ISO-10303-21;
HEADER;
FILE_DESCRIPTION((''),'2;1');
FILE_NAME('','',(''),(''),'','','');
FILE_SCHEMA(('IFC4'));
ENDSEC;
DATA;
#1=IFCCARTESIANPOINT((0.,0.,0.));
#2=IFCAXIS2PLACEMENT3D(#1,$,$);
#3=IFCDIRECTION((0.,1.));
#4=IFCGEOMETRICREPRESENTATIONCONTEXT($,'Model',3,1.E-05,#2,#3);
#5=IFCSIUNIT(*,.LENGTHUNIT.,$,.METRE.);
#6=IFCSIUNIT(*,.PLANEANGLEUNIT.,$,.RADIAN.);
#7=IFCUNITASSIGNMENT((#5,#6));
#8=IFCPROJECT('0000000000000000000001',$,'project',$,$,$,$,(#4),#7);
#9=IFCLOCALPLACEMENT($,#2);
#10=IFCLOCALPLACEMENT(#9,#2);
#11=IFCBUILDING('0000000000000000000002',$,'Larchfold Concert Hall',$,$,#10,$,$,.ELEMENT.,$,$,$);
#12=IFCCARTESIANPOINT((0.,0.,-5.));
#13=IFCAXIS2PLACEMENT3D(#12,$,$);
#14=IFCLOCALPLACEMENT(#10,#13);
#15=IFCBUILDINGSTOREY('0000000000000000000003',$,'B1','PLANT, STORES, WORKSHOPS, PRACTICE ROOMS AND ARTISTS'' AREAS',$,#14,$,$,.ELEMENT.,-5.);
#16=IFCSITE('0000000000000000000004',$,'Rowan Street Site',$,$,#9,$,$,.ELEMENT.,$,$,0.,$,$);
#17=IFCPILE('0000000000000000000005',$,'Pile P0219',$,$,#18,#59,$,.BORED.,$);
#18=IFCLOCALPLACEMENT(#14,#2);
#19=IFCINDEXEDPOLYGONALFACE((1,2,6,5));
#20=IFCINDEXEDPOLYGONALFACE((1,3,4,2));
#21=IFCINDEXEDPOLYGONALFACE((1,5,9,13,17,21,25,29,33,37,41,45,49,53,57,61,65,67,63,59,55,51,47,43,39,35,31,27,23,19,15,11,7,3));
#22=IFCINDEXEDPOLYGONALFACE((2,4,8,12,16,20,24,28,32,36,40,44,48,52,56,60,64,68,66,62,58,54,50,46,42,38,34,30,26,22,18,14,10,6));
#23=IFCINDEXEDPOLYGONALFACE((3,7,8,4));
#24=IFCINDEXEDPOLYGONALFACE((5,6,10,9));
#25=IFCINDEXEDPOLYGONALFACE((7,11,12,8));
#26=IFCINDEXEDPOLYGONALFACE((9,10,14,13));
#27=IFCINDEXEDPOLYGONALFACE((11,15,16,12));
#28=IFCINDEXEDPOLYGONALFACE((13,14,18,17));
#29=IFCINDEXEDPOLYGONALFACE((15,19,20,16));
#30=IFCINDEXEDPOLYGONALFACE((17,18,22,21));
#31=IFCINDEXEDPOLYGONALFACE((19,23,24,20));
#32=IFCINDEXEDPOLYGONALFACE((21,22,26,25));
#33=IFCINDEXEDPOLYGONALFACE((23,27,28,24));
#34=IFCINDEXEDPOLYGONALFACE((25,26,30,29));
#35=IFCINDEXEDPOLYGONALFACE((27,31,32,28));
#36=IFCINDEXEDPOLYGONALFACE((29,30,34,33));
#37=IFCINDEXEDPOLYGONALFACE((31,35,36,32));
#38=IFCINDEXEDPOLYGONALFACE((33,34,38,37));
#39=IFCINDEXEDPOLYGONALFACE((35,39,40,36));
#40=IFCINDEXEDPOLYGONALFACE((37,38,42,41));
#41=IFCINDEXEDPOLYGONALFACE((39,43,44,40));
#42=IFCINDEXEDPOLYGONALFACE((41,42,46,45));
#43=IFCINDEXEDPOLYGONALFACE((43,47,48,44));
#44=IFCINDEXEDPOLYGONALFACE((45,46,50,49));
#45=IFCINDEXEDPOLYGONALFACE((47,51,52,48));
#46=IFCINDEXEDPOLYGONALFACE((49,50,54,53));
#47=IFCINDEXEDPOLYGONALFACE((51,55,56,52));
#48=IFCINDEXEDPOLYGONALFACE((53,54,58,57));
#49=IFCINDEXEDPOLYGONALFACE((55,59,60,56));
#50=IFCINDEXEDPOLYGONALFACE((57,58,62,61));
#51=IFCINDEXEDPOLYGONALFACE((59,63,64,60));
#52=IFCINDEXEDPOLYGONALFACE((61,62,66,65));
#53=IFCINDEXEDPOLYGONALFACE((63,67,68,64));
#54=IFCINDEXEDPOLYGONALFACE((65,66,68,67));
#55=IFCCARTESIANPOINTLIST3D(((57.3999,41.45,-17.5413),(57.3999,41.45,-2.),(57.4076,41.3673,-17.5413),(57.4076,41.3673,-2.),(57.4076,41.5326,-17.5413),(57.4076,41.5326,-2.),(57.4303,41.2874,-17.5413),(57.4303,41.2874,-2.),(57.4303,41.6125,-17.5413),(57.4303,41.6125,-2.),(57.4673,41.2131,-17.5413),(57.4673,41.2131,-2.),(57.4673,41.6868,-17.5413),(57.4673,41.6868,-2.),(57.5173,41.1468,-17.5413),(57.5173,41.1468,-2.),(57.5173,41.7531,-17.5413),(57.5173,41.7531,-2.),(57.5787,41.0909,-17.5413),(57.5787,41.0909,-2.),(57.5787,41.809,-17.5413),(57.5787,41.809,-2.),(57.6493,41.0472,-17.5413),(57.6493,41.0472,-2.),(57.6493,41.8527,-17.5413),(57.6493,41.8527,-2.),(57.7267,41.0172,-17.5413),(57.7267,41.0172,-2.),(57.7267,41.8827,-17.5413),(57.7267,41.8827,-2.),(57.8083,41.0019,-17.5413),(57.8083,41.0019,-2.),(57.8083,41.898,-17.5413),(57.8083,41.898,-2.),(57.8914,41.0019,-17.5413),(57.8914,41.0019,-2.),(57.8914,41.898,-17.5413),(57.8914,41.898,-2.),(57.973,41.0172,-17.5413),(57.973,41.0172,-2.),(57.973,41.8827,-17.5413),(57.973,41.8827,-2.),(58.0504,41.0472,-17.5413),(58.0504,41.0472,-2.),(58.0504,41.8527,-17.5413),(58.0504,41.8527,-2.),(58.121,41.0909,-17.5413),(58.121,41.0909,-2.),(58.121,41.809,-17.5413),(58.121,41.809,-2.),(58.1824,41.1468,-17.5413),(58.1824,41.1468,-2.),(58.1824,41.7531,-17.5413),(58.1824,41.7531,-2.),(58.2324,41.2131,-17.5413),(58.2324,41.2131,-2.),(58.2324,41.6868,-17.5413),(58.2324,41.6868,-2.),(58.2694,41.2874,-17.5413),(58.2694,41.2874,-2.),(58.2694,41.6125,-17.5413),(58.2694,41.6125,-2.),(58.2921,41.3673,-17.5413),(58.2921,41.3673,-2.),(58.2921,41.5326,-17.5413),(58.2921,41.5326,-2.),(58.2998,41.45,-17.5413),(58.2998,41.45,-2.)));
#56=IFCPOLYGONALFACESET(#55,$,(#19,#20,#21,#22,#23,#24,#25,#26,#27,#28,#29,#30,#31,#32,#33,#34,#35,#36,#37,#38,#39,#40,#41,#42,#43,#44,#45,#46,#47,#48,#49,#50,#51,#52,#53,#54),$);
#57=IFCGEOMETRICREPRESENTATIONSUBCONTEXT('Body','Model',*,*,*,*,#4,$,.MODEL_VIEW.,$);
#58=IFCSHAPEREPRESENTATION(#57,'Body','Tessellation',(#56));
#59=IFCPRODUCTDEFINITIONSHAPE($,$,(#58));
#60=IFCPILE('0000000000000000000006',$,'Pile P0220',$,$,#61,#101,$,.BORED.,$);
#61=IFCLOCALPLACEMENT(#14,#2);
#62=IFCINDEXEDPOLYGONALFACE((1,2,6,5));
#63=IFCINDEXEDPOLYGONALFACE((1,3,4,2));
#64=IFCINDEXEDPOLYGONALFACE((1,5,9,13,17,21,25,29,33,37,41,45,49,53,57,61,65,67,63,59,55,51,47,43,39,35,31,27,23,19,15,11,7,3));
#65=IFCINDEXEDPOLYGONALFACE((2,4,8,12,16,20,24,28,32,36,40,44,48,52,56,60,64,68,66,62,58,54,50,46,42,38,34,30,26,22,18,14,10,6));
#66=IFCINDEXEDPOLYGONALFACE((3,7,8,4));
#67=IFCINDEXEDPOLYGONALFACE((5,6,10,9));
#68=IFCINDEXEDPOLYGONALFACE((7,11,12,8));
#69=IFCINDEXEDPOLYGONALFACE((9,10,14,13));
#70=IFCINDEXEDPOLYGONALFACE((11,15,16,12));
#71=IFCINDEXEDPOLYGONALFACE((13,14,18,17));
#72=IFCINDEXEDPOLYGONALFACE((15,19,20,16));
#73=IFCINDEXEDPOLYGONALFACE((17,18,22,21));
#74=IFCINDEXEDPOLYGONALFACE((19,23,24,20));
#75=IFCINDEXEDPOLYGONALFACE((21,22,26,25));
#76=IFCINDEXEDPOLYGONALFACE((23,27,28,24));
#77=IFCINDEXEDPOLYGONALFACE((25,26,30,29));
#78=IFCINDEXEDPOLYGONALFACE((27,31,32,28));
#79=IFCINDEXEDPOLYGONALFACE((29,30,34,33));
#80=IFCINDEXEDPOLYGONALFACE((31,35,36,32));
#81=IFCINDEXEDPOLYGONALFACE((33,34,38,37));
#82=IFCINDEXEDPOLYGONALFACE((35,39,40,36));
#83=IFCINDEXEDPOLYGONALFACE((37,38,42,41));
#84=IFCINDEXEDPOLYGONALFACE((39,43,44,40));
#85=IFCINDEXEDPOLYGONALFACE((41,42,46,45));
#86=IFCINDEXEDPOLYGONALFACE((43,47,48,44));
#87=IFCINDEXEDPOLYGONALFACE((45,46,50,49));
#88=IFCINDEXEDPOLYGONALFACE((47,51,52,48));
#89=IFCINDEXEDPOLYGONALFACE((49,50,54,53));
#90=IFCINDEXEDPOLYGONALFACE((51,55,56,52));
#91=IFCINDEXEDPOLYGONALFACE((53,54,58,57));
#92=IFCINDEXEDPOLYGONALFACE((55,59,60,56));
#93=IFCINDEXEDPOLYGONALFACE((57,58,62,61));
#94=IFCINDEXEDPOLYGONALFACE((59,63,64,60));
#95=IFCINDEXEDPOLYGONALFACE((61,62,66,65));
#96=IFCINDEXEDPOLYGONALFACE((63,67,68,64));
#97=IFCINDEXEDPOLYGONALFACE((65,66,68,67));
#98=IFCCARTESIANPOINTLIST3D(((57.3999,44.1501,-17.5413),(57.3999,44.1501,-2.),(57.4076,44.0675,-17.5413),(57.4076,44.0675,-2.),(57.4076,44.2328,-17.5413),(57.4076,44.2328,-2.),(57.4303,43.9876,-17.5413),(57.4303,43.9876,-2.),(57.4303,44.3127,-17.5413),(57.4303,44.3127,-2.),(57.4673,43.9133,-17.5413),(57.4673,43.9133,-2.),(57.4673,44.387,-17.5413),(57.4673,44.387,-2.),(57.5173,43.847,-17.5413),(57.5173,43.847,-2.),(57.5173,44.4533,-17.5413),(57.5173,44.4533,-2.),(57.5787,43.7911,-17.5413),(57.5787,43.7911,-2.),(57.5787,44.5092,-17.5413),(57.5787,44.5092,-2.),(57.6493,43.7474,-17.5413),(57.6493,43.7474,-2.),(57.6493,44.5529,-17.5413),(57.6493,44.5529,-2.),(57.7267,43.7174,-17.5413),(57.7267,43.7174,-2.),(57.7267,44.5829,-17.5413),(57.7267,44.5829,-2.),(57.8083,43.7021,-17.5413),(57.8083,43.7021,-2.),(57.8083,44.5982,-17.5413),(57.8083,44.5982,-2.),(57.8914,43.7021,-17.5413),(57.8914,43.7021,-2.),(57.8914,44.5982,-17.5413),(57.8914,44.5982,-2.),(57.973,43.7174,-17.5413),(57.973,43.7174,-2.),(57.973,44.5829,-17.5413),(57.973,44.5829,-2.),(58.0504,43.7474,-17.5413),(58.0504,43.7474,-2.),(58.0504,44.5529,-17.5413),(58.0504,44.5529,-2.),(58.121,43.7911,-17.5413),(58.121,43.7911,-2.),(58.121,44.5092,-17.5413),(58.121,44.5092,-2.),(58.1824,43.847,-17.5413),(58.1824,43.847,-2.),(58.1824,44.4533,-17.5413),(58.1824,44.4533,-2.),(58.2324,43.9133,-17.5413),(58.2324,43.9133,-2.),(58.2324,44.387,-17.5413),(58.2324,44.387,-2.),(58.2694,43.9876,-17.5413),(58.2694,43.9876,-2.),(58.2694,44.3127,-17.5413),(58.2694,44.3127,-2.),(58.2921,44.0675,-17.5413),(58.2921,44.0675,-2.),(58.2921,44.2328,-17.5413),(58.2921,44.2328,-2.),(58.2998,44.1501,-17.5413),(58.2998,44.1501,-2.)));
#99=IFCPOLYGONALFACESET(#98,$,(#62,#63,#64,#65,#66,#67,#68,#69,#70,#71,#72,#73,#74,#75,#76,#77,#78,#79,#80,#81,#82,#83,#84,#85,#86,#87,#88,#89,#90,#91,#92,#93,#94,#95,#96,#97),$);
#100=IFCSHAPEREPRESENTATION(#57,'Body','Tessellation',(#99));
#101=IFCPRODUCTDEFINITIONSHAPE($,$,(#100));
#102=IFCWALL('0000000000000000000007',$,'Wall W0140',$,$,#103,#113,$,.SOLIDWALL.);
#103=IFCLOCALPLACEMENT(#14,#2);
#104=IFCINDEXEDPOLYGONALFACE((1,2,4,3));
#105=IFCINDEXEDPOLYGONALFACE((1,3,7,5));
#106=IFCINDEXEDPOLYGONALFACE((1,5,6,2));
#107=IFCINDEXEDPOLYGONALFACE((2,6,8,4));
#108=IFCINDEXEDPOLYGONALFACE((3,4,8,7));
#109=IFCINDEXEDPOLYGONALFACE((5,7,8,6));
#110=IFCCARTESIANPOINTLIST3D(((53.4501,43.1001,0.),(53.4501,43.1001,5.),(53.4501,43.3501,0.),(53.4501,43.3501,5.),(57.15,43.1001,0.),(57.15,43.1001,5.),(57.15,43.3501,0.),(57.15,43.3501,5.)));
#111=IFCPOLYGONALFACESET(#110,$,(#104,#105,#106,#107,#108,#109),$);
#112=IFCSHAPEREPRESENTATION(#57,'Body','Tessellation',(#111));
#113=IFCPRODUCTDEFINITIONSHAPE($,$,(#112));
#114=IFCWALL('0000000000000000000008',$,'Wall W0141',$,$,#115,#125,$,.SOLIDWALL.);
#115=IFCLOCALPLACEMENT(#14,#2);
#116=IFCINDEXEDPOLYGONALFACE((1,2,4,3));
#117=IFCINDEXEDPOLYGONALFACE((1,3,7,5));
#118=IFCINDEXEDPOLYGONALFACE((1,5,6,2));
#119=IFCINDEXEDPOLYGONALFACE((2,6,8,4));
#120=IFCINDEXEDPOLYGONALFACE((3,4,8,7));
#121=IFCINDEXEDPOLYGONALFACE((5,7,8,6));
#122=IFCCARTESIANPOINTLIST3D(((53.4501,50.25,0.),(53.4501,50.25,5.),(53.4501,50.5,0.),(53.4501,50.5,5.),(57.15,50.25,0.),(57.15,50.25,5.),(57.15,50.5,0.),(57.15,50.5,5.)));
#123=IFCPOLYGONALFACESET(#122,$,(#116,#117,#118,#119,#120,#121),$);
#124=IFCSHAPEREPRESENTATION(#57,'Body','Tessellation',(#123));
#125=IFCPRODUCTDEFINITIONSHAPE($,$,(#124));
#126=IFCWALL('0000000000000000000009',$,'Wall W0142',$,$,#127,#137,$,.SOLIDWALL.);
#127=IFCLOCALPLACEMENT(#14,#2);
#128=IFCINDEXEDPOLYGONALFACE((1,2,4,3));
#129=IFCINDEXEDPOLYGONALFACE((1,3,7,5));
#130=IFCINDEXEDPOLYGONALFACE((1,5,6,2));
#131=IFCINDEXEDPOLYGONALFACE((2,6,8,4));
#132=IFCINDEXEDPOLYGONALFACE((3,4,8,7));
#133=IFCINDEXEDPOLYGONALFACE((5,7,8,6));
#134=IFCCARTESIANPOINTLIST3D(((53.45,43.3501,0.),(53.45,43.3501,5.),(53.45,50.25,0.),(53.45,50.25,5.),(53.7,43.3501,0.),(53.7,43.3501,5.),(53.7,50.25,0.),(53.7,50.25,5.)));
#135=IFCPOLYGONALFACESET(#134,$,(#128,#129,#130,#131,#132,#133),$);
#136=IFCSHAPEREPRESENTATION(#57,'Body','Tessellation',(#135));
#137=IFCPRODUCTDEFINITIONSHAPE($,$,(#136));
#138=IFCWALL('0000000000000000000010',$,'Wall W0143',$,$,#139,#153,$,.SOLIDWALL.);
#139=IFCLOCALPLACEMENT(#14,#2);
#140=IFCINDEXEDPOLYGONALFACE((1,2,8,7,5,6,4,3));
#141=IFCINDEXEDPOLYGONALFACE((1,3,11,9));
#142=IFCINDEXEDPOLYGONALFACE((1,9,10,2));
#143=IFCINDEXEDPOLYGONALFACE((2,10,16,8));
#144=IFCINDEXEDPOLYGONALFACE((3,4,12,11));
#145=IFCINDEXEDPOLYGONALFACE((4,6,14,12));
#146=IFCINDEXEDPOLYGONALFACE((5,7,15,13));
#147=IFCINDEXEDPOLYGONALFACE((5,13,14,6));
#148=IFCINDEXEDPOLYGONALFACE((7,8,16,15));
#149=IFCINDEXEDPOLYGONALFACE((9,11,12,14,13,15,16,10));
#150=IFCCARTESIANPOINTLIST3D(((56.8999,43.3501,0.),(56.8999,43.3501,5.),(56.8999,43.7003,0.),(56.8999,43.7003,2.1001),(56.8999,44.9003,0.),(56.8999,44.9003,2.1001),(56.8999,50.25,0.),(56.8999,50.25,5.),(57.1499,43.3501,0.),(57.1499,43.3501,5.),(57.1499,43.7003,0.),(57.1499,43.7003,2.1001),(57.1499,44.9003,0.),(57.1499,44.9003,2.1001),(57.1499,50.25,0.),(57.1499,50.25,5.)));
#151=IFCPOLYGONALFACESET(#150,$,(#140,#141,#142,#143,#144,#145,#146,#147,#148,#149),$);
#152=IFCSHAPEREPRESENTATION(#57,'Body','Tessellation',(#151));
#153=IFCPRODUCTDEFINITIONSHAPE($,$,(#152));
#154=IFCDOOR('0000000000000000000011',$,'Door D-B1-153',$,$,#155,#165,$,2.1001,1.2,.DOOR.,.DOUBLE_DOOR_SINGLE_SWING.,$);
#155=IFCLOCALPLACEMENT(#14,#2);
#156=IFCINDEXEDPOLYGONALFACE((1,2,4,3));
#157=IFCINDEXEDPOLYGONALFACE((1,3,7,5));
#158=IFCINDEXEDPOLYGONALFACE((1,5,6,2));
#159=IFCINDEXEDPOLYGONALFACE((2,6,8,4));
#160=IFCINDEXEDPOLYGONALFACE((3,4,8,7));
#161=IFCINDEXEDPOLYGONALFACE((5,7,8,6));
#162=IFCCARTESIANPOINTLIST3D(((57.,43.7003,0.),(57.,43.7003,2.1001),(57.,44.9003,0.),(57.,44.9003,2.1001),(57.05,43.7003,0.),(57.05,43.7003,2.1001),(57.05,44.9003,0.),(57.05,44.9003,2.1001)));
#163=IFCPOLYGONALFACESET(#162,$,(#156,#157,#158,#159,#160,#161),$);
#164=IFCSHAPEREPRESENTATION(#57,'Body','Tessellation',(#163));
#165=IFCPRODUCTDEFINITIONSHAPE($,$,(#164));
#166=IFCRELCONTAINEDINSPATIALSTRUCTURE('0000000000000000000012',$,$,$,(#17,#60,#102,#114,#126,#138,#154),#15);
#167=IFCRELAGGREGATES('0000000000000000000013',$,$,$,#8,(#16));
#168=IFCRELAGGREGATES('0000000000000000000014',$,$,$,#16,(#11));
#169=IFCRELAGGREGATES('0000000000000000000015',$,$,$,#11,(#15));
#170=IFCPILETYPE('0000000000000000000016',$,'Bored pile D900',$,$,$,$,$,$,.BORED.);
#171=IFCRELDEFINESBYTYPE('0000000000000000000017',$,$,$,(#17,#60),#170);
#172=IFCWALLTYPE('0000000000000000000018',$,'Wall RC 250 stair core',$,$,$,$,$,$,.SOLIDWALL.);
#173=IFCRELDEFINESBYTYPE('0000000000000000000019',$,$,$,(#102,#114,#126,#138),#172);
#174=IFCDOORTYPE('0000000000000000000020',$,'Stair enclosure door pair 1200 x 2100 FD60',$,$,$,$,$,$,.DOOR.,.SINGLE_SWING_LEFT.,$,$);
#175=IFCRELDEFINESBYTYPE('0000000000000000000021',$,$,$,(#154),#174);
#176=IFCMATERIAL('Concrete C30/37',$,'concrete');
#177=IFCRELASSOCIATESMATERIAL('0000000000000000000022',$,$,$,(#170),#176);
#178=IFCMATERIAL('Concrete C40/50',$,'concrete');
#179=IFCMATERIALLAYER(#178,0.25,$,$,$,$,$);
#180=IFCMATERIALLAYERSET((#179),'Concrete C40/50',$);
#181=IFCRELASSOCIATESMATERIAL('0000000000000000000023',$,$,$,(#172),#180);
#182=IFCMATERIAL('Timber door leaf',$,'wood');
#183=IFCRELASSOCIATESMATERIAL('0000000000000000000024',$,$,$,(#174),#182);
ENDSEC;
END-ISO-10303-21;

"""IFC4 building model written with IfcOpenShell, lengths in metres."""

from ifc_helpers import new_model, si_unit, direction, frame, frame_2d, origin, origin_2d, place, context, subcontext, project, spatial, rectangle, circle, extrude, material, layer, layer_set, material_profile, profile_set, type_object, element, fill, save


model = new_model("IFC4")

# Units and contexts
model_context = context("Model", 3, precision=1e-05, world=origin(), true_north=direction((0.0, 1.0)))
body_context = subcontext(model_context, "Body", "Model", "MODEL_VIEW")
ifc_project = project(units=[si_unit("LENGTHUNIT", "METRE"), si_unit("PLANEANGLEUNIT", "RADIAN")], contexts=[model_context])

# Site, building, storey
site_placement = place(None, origin())
site = spatial("IfcSite", under=ifc_project, at=site_placement, Name="Rowan Street Site", CompositionType="ELEMENT", RefElevation=0.0)
building_placement = place(site_placement, origin())
building = spatial("IfcBuilding", under=site, at=building_placement, Name="Larchfold Concert Hall", CompositionType="ELEMENT")
storey_placement = place(building_placement, frame((0.0, 0.0, -5.0)))
storey = spatial("IfcBuildingStorey", under=building, at=storey_placement, Name="B1", Description="PLANT, STORES, WORKSHOPS, PRACTICE ROOMS AND ARTISTS' AREAS", CompositionType="ELEMENT", Elevation=-5.0)

# Piles
ifc_material_1 = material(Name="Concrete C30/37", Category="concrete")
ifc_material_profile = material_profile(ifc_material_1, circle(Radius=0.45, at=origin_2d()))
ifc_profile_set = profile_set([ifc_material_profile], Name="Concrete C30/37")
pile_type = type_object("IfcPileType", Name="Bored pile D900", PredefinedType="BORED", material=ifc_profile_set)
for number, where, z_axis, x_axis, name in (
    (1, (57.8499, 41.45, -2.0), (0.0, 0.0, -1.0), (1.0, 0.0, 0.0), "Pile P0219"),
    (2, (57.8499, 44.1501, -2.0), (0.0, 0.0, -1.0), (1.0, 0.0, 0.0), "Pile P0220"),
):
    element("IfcPile", number, at=place(storey_placement, frame(where, z_axis=z_axis, x_axis=x_axis)), inside=storey, type_object=pile_type, Name=name, PredefinedType="BORED", context=body_context, shape_type="SweptSolid", body=[
        extrude(circle(Radius=0.45, at=origin_2d()), origin(), (0.0, 0.0, 1.0), 15.5413),
    ])

# Walls
ifc_material_2 = material(Name="Concrete C40/50", Category="concrete")
ifc_layer = layer(ifc_material_2, 0.25)
ifc_layer_set = layer_set([ifc_layer], Name="Concrete C40/50")
wall_type = type_object("IfcWallType", Name="Wall RC 250 stair core", PredefinedType="SOLIDWALL", material=ifc_layer_set)
for number, where, z_axis, x_axis, name in (
    (3, (53.45, 43.2251, 0.0), (0.0, 0.0, 1.0), (1.0, 0.0, 0.0), "Wall W0140"),
    (4, (53.45, 50.375, 0.0), (0.0, 0.0, 1.0), (1.0, 0.0, 0.0), "Wall W0141"),
):
    element("IfcWall", number, at=place(storey_placement, frame(where, z_axis=z_axis, x_axis=x_axis)), inside=storey, type_object=wall_type, Name=name, PredefinedType="SOLIDWALL", context=body_context, shape_type="SweptSolid", body=[
        extrude(rectangle(XDim=3.7, YDim=0.25, at=frame_2d((1.8501, 0.0))), origin(), (0.0, 0.0, 1.0), 5.0),
    ])
wall_1_placement = place(storey_placement, frame((53.575, 43.3501, 0.0), z_axis=(0.0, 0.0, 1.0), x_axis=(0.0, 1.0, 0.0)))
element("IfcWall", 5, at=wall_1_placement, inside=storey, type_object=wall_type, Name="Wall W0142", PredefinedType="SOLIDWALL", context=body_context, shape_type="SweptSolid", body=[
    extrude(rectangle(XDim=6.8999, YDim=0.25, at=frame_2d((3.45, 0.0))), origin(), (0.0, 0.0, 1.0), 5.0),
])

# Wall, opening, door
wall_2_placement = place(storey_placement, frame((57.0249, 43.3501, 0.0), z_axis=(0.0, 0.0, 1.0), x_axis=(0.0, 1.0, 0.0)))
wall_2 = element("IfcWall", 6, at=wall_2_placement, inside=storey, type_object=wall_type, Name="Wall W0143", PredefinedType="SOLIDWALL", context=body_context, shape_type="SweptSolid", body=[
    extrude(rectangle(XDim=6.8999, YDim=0.25, at=frame_2d((3.45, 0.0))), origin(), (0.0, 0.0, 1.0), 5.0),
])
opening_placement = place(wall_2_placement, frame((0.3501, 0.0, 0.0)))
opening = element("IfcOpeningElement", 7, at=opening_placement, cuts=wall_2, PredefinedType="OPENING", context=body_context, shape_type="SweptSolid", body=[
    extrude(rectangle(XDim=1.2, YDim=2.1001, at=frame_2d((0.6001, 1.05))), frame((0.0, 0.135, 0.0), z_axis=(0.0, -1.0, 0.0), x_axis=(1.0, 0.0, 0.0)), (0.0, 0.0, 1.0), 0.27),
])
ifc_material_3 = material(Name="Timber door leaf", Category="wood")
door_type = type_object("IfcDoorType", Name="Stair enclosure door pair 1200 x 2100 FD60", OperationType="SINGLE_SWING_LEFT", PredefinedType="DOOR", material=ifc_material_3)
door_placement = place(opening_placement, origin())
door = element("IfcDoor", 8, at=door_placement, inside=storey, type_object=door_type, Name="Door D-B1-153", OperationType="DOUBLE_DOOR_SINGLE_SWING", OverallHeight=2.1001, OverallWidth=1.2, PredefinedType="DOOR", context=body_context, shape_type="SweptSolid", body=[
    extrude(rectangle(XDim=1.2, YDim=2.1001, at=frame_2d((0.6001, 1.05))), frame((0.0, 0.0249, 0.0), z_axis=(0.0, -1.0, 0.0), x_axis=(1.0, 0.0, 0.0)), (0.0, 0.0, 1.0), 0.05),
])
fill(opening, door)

save(model, "model.ifc")
